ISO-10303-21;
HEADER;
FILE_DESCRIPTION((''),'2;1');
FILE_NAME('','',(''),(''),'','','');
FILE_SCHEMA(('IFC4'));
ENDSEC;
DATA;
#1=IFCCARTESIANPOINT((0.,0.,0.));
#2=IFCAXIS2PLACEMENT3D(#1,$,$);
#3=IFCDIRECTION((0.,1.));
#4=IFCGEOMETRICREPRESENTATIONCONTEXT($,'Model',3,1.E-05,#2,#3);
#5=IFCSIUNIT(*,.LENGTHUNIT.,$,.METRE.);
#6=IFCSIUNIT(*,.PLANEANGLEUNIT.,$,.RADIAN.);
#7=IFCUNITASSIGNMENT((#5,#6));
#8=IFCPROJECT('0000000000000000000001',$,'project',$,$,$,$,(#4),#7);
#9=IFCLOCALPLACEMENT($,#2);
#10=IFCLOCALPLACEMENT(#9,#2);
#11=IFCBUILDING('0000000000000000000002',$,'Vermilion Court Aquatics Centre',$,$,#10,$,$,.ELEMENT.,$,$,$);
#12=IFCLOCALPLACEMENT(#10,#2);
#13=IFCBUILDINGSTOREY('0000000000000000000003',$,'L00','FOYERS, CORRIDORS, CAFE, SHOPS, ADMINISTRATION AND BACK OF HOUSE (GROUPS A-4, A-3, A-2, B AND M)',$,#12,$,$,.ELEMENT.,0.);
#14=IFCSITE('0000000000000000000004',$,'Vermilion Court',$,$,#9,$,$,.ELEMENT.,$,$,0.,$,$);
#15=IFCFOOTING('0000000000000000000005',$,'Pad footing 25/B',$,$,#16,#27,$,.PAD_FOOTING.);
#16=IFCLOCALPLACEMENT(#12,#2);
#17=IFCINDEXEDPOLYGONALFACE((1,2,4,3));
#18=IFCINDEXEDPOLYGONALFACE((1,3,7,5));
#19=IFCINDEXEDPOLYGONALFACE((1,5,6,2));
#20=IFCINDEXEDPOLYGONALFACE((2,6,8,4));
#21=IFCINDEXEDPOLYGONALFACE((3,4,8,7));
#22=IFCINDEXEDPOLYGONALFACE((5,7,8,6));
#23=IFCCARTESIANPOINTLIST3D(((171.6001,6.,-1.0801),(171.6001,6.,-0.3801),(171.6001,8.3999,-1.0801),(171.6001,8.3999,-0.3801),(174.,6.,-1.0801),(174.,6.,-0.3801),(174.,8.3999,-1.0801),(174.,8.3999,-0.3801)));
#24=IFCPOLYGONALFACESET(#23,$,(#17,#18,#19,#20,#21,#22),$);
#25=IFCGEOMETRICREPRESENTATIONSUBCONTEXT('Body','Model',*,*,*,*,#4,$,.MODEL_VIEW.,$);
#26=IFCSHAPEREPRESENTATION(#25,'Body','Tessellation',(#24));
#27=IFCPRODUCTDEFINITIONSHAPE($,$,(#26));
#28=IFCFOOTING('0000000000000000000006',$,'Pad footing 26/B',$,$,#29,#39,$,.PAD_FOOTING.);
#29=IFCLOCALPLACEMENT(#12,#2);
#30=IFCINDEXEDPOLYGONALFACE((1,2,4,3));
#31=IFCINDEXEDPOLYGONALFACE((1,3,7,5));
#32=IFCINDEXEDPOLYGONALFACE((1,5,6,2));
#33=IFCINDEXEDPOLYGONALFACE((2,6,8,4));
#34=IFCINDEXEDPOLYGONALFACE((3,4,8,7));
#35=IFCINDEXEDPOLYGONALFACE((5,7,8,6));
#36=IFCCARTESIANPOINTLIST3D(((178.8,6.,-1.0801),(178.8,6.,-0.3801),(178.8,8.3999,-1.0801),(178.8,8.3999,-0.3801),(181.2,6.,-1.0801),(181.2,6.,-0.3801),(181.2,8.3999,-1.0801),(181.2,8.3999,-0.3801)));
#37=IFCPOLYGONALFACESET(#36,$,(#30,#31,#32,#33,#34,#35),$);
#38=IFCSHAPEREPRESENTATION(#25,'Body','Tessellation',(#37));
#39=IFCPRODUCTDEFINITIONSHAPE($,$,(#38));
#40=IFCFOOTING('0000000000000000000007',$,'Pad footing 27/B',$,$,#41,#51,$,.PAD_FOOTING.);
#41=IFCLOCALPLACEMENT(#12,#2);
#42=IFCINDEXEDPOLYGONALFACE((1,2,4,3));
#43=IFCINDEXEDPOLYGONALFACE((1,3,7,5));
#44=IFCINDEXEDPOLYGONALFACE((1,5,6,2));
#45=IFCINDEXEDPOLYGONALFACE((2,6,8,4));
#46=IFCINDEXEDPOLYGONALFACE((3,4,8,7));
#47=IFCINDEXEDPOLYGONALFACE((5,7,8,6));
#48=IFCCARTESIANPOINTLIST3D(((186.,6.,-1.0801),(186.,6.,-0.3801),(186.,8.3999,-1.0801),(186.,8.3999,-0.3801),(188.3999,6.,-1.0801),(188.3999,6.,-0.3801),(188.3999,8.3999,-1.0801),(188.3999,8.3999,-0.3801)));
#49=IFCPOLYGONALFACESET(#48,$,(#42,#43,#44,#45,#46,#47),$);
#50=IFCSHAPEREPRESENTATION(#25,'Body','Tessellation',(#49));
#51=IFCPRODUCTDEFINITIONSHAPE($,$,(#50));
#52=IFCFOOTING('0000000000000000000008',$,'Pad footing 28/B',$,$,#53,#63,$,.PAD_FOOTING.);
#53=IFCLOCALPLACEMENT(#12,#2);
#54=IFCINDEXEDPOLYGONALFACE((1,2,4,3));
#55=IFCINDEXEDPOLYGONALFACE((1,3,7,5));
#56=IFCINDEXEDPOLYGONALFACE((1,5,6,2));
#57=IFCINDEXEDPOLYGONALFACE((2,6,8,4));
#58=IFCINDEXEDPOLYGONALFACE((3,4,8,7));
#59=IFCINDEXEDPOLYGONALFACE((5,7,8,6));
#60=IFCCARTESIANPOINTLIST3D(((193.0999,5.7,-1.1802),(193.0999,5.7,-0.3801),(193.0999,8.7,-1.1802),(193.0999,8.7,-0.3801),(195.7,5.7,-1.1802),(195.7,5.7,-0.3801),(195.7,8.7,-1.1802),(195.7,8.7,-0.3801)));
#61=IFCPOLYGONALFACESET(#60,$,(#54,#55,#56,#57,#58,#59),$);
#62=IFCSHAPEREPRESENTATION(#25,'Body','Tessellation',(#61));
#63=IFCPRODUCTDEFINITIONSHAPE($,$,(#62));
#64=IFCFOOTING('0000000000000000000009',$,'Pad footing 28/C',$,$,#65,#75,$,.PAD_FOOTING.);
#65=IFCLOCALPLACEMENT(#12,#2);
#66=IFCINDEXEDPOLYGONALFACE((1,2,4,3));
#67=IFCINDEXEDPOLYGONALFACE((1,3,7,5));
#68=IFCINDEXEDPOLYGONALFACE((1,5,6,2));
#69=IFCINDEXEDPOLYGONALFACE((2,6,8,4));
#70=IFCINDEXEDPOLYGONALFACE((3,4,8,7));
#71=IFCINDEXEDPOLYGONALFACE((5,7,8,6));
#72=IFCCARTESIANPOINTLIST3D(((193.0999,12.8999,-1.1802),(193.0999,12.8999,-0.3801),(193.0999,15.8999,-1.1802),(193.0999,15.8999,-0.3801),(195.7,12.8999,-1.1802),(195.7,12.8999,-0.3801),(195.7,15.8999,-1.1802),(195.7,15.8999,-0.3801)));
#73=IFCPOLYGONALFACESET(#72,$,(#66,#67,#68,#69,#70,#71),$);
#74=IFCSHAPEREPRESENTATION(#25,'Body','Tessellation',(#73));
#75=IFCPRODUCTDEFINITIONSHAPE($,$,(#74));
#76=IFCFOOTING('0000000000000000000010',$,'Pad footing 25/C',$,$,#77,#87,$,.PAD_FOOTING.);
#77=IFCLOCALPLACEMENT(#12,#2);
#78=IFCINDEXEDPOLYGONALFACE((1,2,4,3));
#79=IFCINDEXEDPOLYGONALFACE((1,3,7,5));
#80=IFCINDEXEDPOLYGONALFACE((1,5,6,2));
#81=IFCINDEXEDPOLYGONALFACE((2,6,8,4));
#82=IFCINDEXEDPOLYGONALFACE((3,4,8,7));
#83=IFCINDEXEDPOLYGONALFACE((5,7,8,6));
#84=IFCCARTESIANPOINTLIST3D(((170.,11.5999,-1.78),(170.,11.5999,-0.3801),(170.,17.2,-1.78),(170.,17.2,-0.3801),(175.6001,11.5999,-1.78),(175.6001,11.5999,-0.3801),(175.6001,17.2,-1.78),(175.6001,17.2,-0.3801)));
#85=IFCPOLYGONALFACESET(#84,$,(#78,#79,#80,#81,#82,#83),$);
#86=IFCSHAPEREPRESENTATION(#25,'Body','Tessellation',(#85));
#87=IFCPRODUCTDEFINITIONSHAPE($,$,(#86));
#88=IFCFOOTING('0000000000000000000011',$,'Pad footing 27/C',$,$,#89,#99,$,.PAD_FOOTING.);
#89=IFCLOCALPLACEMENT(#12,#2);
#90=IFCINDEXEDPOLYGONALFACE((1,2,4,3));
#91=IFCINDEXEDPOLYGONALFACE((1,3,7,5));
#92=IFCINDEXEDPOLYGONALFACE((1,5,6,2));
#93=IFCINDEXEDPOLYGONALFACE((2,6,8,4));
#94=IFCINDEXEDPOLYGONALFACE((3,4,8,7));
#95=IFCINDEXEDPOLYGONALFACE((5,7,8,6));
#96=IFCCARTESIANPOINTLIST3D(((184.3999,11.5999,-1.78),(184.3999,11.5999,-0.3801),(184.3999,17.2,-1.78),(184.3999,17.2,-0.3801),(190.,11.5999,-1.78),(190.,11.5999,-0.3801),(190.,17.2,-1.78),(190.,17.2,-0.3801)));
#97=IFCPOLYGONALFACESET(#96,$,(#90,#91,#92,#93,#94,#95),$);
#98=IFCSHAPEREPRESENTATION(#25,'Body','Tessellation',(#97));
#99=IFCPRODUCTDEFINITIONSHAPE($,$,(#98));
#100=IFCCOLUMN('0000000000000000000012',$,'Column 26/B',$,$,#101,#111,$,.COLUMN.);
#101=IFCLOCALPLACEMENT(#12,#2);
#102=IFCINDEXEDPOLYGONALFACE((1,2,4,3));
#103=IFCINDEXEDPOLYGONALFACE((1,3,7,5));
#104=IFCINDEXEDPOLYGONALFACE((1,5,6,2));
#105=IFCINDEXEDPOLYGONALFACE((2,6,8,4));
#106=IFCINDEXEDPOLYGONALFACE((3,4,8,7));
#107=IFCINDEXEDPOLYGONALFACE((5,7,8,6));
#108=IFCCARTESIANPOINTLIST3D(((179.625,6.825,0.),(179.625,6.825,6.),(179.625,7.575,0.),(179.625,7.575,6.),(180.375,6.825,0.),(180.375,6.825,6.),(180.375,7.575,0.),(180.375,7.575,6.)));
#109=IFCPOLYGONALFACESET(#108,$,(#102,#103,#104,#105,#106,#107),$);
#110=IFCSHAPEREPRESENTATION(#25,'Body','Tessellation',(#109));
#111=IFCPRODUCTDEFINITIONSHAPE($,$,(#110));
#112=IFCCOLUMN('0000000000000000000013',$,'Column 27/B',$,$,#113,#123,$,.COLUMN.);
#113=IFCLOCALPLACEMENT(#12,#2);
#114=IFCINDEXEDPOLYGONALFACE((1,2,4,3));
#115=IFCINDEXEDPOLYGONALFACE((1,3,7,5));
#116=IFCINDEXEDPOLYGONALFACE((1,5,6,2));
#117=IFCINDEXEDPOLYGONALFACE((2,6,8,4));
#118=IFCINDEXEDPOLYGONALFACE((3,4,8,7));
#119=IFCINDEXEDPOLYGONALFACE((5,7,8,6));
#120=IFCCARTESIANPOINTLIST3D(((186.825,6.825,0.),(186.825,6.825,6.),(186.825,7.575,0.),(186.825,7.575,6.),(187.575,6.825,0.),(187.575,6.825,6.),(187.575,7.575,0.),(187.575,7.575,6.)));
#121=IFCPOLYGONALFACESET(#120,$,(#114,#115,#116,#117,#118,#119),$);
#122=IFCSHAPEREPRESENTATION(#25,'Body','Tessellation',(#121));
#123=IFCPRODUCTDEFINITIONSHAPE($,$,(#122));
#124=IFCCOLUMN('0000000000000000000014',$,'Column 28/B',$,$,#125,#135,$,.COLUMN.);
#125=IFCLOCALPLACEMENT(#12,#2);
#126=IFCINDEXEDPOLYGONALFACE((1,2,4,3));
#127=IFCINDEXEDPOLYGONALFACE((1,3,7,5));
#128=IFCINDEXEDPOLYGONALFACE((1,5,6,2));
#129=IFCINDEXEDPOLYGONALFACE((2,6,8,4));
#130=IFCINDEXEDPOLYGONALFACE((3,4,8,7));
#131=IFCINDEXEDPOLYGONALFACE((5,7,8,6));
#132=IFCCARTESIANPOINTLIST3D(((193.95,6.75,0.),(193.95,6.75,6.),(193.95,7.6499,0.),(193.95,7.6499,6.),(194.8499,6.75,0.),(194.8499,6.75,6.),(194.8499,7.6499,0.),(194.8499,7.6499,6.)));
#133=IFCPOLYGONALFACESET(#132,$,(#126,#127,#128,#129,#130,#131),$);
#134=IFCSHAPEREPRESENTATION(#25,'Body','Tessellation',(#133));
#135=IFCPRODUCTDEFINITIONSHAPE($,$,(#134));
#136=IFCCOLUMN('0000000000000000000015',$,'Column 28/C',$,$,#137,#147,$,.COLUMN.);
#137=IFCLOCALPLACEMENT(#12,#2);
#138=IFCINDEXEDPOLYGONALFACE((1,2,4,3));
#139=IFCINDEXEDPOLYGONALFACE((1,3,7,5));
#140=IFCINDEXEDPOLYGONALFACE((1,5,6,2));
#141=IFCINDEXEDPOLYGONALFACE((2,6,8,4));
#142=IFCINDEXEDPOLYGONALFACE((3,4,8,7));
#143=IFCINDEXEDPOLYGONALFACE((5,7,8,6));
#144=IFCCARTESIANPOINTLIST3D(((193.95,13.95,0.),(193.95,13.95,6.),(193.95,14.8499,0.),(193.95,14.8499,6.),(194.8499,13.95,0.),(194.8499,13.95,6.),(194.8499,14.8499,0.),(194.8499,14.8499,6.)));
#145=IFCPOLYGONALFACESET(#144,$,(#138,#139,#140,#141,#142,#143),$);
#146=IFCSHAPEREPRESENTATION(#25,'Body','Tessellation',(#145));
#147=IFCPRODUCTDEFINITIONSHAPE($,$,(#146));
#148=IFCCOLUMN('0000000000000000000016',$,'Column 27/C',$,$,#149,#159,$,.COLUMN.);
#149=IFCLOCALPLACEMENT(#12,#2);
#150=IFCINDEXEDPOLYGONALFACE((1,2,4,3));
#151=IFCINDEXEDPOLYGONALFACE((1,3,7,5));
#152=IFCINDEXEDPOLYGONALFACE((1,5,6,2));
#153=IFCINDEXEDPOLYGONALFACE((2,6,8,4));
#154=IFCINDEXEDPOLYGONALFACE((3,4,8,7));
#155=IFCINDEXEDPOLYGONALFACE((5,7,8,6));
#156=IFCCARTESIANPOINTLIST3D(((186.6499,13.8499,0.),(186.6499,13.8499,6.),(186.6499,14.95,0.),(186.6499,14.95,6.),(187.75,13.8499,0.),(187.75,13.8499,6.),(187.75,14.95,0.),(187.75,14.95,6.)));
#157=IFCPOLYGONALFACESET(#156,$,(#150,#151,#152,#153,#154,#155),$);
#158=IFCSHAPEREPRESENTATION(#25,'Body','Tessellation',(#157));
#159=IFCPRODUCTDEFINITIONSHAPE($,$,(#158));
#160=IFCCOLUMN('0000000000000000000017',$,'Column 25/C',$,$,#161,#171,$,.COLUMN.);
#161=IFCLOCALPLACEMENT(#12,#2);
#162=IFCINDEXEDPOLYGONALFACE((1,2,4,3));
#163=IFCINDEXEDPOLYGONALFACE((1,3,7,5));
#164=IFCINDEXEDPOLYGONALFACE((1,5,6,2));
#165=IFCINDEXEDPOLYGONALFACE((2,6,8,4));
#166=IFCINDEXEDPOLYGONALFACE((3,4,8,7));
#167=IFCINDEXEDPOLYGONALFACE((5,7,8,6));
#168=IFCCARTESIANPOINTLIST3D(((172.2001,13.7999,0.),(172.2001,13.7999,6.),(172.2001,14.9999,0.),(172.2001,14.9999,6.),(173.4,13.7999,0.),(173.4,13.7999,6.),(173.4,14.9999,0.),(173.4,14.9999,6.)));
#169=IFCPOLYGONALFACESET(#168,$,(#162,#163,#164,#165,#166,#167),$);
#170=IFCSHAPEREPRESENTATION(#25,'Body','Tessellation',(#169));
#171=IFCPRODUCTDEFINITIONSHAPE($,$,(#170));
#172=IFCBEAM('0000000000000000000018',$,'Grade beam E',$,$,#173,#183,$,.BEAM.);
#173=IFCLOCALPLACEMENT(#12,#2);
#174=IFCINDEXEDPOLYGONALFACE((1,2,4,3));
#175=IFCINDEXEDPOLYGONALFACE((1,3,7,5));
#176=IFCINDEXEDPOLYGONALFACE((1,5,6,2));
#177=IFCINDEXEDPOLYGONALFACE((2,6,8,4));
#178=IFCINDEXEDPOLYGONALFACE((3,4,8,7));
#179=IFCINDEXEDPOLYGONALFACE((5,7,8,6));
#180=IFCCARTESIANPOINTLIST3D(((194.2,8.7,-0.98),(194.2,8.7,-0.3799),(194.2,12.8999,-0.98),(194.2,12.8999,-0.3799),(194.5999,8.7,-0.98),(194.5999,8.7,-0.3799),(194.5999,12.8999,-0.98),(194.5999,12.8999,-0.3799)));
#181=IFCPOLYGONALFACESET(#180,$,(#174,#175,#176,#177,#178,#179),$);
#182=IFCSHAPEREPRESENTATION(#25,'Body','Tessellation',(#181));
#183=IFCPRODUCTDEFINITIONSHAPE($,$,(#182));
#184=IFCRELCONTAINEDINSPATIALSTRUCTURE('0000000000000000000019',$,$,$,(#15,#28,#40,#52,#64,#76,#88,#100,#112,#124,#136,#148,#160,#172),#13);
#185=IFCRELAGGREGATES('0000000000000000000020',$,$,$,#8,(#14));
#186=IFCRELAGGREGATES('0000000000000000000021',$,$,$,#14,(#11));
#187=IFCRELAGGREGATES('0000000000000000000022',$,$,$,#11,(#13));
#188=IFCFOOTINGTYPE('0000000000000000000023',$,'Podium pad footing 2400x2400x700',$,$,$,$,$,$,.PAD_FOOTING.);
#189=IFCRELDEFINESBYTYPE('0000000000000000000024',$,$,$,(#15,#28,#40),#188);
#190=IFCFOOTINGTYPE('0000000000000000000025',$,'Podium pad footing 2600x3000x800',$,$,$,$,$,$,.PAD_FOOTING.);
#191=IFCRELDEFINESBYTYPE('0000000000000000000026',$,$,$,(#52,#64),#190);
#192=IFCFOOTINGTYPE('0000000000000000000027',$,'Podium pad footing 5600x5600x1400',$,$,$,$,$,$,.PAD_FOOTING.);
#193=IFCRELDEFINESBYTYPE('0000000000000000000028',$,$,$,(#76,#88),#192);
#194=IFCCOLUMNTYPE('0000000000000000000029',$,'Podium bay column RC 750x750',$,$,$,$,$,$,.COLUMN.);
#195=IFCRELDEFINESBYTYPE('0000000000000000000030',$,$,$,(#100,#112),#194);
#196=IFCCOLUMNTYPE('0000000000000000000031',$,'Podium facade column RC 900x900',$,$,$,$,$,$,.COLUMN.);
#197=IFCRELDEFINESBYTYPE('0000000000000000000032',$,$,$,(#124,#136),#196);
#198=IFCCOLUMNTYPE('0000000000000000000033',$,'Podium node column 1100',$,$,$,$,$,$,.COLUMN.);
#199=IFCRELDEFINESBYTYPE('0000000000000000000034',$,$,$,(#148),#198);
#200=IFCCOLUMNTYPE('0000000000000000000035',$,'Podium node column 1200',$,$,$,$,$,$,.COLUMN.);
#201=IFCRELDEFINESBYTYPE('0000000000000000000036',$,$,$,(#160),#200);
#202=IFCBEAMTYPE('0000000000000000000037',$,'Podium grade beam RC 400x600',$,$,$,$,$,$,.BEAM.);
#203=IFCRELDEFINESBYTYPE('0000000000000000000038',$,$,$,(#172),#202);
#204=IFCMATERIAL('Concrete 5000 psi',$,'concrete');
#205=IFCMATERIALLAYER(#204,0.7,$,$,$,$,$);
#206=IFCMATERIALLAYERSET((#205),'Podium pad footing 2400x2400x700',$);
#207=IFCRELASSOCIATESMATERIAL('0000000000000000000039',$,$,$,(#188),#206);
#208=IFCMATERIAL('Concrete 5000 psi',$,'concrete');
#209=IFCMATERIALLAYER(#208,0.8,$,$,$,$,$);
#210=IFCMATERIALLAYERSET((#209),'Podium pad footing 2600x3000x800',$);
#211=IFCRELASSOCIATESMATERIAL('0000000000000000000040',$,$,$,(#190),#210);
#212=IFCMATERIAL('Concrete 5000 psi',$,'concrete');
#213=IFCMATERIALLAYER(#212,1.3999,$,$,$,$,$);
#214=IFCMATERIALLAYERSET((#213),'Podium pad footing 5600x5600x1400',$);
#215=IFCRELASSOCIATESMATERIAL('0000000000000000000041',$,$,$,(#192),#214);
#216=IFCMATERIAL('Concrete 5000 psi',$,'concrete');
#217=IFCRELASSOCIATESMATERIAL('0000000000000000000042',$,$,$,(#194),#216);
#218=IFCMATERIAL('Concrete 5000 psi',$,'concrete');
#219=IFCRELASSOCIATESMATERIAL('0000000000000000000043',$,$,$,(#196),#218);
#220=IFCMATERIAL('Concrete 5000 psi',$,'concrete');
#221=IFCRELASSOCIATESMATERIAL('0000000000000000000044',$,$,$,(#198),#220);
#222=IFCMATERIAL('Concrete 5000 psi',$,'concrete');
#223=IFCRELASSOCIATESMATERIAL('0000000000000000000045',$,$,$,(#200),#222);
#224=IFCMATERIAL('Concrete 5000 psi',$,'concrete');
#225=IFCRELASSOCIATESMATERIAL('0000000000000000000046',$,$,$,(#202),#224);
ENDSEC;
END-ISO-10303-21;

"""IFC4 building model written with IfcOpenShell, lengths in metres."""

from ifc_helpers import new_model, si_unit, direction, frame, origin, origin_2d, place, context, subcontext, project, spatial, rectangle, extrude, material, layer, layer_set, material_profile, profile_set, type_object, element, save


model = new_model("IFC4")

# Units and contexts
model_context = context("Model", 3, precision=1e-05, world=origin(), true_north=direction((0.0, 1.0)))
body_context = subcontext(model_context, "Body", "Model", "MODEL_VIEW")
ifc_project = project(units=[si_unit("LENGTHUNIT", "METRE"), si_unit("PLANEANGLEUNIT", "RADIAN")], contexts=[model_context])

# Site, building, storey
site_placement = place(None, origin())
site = spatial("IfcSite", under=ifc_project, at=site_placement, Name="Vermilion Court", CompositionType="ELEMENT", RefElevation=0.0)
building_placement = place(site_placement, origin())
building = spatial("IfcBuilding", under=site, at=building_placement, Name="Vermilion Court Aquatics Centre", CompositionType="ELEMENT")
storey_placement = place(building_placement, origin())
storey = spatial("IfcBuildingStorey", under=building, at=storey_placement, Name="L00", Description="FOYERS, CORRIDORS, CAFE, SHOPS, ADMINISTRATION AND BACK OF HOUSE (GROUPS A-4, A-3, A-2, B AND M)", CompositionType="ELEMENT", Elevation=0.0)

# Footings
ifc_material_1 = material(Name="Concrete 5000 psi", Category="concrete")
ifc_layer_1 = layer(ifc_material_1, 0.7)
ifc_layer_set_1 = layer_set([ifc_layer_1], Name="Podium pad footing 2400x2400x700")
footing_type_1 = type_object("IfcFootingType", Name="Podium pad footing 2400x2400x700", PredefinedType="PAD_FOOTING", material=ifc_layer_set_1)
for number, where, z_axis, x_axis, name in (
    (1, (172.8, 7.2, -1.0801), (0.0, 0.0, 1.0), (1.0, 0.0, 0.0), "Pad footing 25/B"),
    (2, (180.0, 7.2, -1.0801), (0.0, 0.0, 1.0), (1.0, 0.0, 0.0), "Pad footing 26/B"),
    (3, (187.2, 7.2, -1.0801), (0.0, 0.0, 1.0), (1.0, 0.0, 0.0), "Pad footing 27/B"),
):
    element("IfcFooting", number, at=place(storey_placement, frame(where, z_axis=z_axis, x_axis=x_axis)), inside=storey, type_object=footing_type_1, Name=name, PredefinedType="PAD_FOOTING", context=body_context, shape_type="SweptSolid", body=[
        extrude(rectangle(XDim=2.3999, YDim=2.3999, at=origin_2d()), origin(), (0.0, 0.0, 1.0), 0.7),
    ])
ifc_material_2 = material(Name="Concrete 5000 psi", Category="concrete")
ifc_layer_2 = layer(ifc_material_2, 0.8)
ifc_layer_set_2 = layer_set([ifc_layer_2], Name="Podium pad footing 2600x3000x800")
footing_type_2 = type_object("IfcFootingType", Name="Podium pad footing 2600x3000x800", PredefinedType="PAD_FOOTING", material=ifc_layer_set_2)
for number, where, z_axis, x_axis, name in (
    (4, (194.3999, 7.2, -1.1802), (0.0, 0.0, 1.0), (1.0, 0.0, 0.0), "Pad footing 28/B"),
    (5, (194.3999, 14.3999, -1.1802), (0.0, 0.0, 1.0), (1.0, 0.0, 0.0), "Pad footing 28/C"),
):
    element("IfcFooting", number, at=place(storey_placement, frame(where, z_axis=z_axis, x_axis=x_axis)), inside=storey, type_object=footing_type_2, Name=name, PredefinedType="PAD_FOOTING", context=body_context, shape_type="SweptSolid", body=[
        extrude(rectangle(XDim=2.6001, YDim=3.0, at=origin_2d()), origin(), (0.0, 0.0, 1.0), 0.8),
    ])
ifc_material_3 = material(Name="Concrete 5000 psi", Category="concrete")
ifc_layer_3 = layer(ifc_material_3, 1.3999)
ifc_layer_set_3 = layer_set([ifc_layer_3], Name="Podium pad footing 5600x5600x1400")
footing_type_3 = type_object("IfcFootingType", Name="Podium pad footing 5600x5600x1400", PredefinedType="PAD_FOOTING", material=ifc_layer_set_3)
for number, where, z_axis, x_axis, name in (
    (6, (172.8, 14.3999, -1.78), (0.0, 0.0, 1.0), (1.0, 0.0, 0.0), "Pad footing 25/C"),
    (7, (187.2, 14.3999, -1.78), (0.0, 0.0, 1.0), (1.0, 0.0, 0.0), "Pad footing 27/C"),
):
    element("IfcFooting", number, at=place(storey_placement, frame(where, z_axis=z_axis, x_axis=x_axis)), inside=storey, type_object=footing_type_3, Name=name, PredefinedType="PAD_FOOTING", context=body_context, shape_type="SweptSolid", body=[
        extrude(rectangle(XDim=5.6001, YDim=5.6001, at=origin_2d()), origin(), (0.0, 0.0, 1.0), 1.3999),
    ])

# Columns
ifc_material_4 = material(Name="Concrete 5000 psi", Category="concrete")
ifc_material_profile_1 = material_profile(ifc_material_4, rectangle(XDim=0.75, YDim=0.75, at=origin_2d()), Name="RC 750x750")
ifc_profile_set_1 = profile_set([ifc_material_profile_1], Name="Concrete 5000 psi")
column_type_1 = type_object("IfcColumnType", Name="Podium bay column RC 750x750", PredefinedType="COLUMN", material=ifc_profile_set_1)
for number, where, z_axis, x_axis, name in (
    (8, (180.0, 7.2, 0.0), (0.0, 0.0, 1.0), (1.0, 0.0, 0.0), "Column 26/B"),
    (9, (187.2, 7.2, 0.0), (0.0, 0.0, 1.0), (1.0, 0.0, 0.0), "Column 27/B"),
):
    element("IfcColumn", number, at=place(storey_placement, frame(where, z_axis=z_axis, x_axis=x_axis)), inside=storey, type_object=column_type_1, Name=name, PredefinedType="COLUMN", context=body_context, shape_type="SweptSolid", body=[
        extrude(rectangle(XDim=0.75, YDim=0.75, at=origin_2d()), origin(), (0.0, 0.0, 1.0), 6.0),
    ])
ifc_material_5 = material(Name="Concrete 5000 psi", Category="concrete")
ifc_material_profile_2 = material_profile(ifc_material_5, rectangle(XDim=0.8999, YDim=0.8999, at=origin_2d()), Name="RC 900x900")
ifc_profile_set_2 = profile_set([ifc_material_profile_2], Name="Concrete 5000 psi")
column_type_2 = type_object("IfcColumnType", Name="Podium facade column RC 900x900", PredefinedType="COLUMN", material=ifc_profile_set_2)
for number, where, z_axis, x_axis, name in (
    (10, (194.3999, 7.2, 0.0), (0.0, 0.0, 1.0), (1.0, 0.0, 0.0), "Column 28/B"),
    (11, (194.3999, 14.3999, 0.0), (0.0, 0.0, 1.0), (1.0, 0.0, 0.0), "Column 28/C"),
):
    element("IfcColumn", number, at=place(storey_placement, frame(where, z_axis=z_axis, x_axis=x_axis)), inside=storey, type_object=column_type_2, Name=name, PredefinedType="COLUMN", context=body_context, shape_type="SweptSolid", body=[
        extrude(rectangle(XDim=0.8999, YDim=0.8999, at=origin_2d()), origin(), (0.0, 0.0, 1.0), 6.0),
    ])
ifc_material_6 = material(Name="Concrete 5000 psi", Category="concrete")
ifc_material_profile_3 = material_profile(ifc_material_6, rectangle(XDim=1.1001, YDim=1.1001, at=origin_2d()), Name="RC 1100x1100")
ifc_profile_set_3 = profile_set([ifc_material_profile_3], Name="Concrete 5000 psi")
column_type_3 = type_object("IfcColumnType", Name="Podium node column 1100", PredefinedType="COLUMN", material=ifc_profile_set_3)
column_1_placement = place(storey_placement, frame((187.2, 14.3999, 0.0), z_axis=(0.0, 0.0, 1.0), x_axis=(1.0, 0.0, 0.0)))
element("IfcColumn", 12, at=column_1_placement, inside=storey, type_object=column_type_3, Name="Column 27/C", PredefinedType="COLUMN", context=body_context, shape_type="SweptSolid", body=[
    extrude(rectangle(XDim=1.1001, YDim=1.1001, at=origin_2d()), origin(), (0.0, 0.0, 1.0), 6.0),
])
ifc_material_7 = material(Name="Concrete 5000 psi", Category="concrete")
ifc_material_profile_4 = material_profile(ifc_material_7, rectangle(XDim=1.2, YDim=1.2, at=origin_2d()), Name="RC 1200x1200")
ifc_profile_set_4 = profile_set([ifc_material_profile_4], Name="Concrete 5000 psi")
column_type_4 = type_object("IfcColumnType", Name="Podium node column 1200", PredefinedType="COLUMN", material=ifc_profile_set_4)
column_2_placement = place(storey_placement, frame((172.8, 14.3999, 0.0), z_axis=(0.0, 0.0, 1.0), x_axis=(1.0, 0.0, 0.0)))
element("IfcColumn", 13, at=column_2_placement, inside=storey, type_object=column_type_4, Name="Column 25/C", PredefinedType="COLUMN", context=body_context, shape_type="SweptSolid", body=[
    extrude(rectangle(XDim=1.2, YDim=1.2, at=origin_2d()), origin(), (0.0, 0.0, 1.0), 6.0),
])

# Beam
ifc_material_8 = material(Name="Concrete 5000 psi", Category="concrete")
ifc_material_profile_5 = material_profile(ifc_material_8, rectangle(XDim=0.3999, YDim=0.6001, at=origin_2d()), Name="RC 400x600")
ifc_profile_set_5 = profile_set([ifc_material_profile_5], Name="Concrete 5000 psi")
beam_type_1 = type_object("IfcBeamType", Name="Podium grade beam RC 400x600", PredefinedType="BEAM", material=ifc_profile_set_5)
beam_1_placement = place(storey_placement, frame((194.3999, 8.7, -0.6799), z_axis=(0.0, 1.0, 0.0), x_axis=(-1.0, 0.0, 0.0)))
element("IfcBeam", 14, at=beam_1_placement, inside=storey, type_object=beam_type_1, Name="Grade beam E", PredefinedType="BEAM", context=body_context, shape_type="SweptSolid", body=[
    extrude(rectangle(XDim=0.3999, YDim=0.6001, at=origin_2d()), origin(), (0.0, 0.0, 1.0), 4.2),
])

save(model, "model.ifc")
